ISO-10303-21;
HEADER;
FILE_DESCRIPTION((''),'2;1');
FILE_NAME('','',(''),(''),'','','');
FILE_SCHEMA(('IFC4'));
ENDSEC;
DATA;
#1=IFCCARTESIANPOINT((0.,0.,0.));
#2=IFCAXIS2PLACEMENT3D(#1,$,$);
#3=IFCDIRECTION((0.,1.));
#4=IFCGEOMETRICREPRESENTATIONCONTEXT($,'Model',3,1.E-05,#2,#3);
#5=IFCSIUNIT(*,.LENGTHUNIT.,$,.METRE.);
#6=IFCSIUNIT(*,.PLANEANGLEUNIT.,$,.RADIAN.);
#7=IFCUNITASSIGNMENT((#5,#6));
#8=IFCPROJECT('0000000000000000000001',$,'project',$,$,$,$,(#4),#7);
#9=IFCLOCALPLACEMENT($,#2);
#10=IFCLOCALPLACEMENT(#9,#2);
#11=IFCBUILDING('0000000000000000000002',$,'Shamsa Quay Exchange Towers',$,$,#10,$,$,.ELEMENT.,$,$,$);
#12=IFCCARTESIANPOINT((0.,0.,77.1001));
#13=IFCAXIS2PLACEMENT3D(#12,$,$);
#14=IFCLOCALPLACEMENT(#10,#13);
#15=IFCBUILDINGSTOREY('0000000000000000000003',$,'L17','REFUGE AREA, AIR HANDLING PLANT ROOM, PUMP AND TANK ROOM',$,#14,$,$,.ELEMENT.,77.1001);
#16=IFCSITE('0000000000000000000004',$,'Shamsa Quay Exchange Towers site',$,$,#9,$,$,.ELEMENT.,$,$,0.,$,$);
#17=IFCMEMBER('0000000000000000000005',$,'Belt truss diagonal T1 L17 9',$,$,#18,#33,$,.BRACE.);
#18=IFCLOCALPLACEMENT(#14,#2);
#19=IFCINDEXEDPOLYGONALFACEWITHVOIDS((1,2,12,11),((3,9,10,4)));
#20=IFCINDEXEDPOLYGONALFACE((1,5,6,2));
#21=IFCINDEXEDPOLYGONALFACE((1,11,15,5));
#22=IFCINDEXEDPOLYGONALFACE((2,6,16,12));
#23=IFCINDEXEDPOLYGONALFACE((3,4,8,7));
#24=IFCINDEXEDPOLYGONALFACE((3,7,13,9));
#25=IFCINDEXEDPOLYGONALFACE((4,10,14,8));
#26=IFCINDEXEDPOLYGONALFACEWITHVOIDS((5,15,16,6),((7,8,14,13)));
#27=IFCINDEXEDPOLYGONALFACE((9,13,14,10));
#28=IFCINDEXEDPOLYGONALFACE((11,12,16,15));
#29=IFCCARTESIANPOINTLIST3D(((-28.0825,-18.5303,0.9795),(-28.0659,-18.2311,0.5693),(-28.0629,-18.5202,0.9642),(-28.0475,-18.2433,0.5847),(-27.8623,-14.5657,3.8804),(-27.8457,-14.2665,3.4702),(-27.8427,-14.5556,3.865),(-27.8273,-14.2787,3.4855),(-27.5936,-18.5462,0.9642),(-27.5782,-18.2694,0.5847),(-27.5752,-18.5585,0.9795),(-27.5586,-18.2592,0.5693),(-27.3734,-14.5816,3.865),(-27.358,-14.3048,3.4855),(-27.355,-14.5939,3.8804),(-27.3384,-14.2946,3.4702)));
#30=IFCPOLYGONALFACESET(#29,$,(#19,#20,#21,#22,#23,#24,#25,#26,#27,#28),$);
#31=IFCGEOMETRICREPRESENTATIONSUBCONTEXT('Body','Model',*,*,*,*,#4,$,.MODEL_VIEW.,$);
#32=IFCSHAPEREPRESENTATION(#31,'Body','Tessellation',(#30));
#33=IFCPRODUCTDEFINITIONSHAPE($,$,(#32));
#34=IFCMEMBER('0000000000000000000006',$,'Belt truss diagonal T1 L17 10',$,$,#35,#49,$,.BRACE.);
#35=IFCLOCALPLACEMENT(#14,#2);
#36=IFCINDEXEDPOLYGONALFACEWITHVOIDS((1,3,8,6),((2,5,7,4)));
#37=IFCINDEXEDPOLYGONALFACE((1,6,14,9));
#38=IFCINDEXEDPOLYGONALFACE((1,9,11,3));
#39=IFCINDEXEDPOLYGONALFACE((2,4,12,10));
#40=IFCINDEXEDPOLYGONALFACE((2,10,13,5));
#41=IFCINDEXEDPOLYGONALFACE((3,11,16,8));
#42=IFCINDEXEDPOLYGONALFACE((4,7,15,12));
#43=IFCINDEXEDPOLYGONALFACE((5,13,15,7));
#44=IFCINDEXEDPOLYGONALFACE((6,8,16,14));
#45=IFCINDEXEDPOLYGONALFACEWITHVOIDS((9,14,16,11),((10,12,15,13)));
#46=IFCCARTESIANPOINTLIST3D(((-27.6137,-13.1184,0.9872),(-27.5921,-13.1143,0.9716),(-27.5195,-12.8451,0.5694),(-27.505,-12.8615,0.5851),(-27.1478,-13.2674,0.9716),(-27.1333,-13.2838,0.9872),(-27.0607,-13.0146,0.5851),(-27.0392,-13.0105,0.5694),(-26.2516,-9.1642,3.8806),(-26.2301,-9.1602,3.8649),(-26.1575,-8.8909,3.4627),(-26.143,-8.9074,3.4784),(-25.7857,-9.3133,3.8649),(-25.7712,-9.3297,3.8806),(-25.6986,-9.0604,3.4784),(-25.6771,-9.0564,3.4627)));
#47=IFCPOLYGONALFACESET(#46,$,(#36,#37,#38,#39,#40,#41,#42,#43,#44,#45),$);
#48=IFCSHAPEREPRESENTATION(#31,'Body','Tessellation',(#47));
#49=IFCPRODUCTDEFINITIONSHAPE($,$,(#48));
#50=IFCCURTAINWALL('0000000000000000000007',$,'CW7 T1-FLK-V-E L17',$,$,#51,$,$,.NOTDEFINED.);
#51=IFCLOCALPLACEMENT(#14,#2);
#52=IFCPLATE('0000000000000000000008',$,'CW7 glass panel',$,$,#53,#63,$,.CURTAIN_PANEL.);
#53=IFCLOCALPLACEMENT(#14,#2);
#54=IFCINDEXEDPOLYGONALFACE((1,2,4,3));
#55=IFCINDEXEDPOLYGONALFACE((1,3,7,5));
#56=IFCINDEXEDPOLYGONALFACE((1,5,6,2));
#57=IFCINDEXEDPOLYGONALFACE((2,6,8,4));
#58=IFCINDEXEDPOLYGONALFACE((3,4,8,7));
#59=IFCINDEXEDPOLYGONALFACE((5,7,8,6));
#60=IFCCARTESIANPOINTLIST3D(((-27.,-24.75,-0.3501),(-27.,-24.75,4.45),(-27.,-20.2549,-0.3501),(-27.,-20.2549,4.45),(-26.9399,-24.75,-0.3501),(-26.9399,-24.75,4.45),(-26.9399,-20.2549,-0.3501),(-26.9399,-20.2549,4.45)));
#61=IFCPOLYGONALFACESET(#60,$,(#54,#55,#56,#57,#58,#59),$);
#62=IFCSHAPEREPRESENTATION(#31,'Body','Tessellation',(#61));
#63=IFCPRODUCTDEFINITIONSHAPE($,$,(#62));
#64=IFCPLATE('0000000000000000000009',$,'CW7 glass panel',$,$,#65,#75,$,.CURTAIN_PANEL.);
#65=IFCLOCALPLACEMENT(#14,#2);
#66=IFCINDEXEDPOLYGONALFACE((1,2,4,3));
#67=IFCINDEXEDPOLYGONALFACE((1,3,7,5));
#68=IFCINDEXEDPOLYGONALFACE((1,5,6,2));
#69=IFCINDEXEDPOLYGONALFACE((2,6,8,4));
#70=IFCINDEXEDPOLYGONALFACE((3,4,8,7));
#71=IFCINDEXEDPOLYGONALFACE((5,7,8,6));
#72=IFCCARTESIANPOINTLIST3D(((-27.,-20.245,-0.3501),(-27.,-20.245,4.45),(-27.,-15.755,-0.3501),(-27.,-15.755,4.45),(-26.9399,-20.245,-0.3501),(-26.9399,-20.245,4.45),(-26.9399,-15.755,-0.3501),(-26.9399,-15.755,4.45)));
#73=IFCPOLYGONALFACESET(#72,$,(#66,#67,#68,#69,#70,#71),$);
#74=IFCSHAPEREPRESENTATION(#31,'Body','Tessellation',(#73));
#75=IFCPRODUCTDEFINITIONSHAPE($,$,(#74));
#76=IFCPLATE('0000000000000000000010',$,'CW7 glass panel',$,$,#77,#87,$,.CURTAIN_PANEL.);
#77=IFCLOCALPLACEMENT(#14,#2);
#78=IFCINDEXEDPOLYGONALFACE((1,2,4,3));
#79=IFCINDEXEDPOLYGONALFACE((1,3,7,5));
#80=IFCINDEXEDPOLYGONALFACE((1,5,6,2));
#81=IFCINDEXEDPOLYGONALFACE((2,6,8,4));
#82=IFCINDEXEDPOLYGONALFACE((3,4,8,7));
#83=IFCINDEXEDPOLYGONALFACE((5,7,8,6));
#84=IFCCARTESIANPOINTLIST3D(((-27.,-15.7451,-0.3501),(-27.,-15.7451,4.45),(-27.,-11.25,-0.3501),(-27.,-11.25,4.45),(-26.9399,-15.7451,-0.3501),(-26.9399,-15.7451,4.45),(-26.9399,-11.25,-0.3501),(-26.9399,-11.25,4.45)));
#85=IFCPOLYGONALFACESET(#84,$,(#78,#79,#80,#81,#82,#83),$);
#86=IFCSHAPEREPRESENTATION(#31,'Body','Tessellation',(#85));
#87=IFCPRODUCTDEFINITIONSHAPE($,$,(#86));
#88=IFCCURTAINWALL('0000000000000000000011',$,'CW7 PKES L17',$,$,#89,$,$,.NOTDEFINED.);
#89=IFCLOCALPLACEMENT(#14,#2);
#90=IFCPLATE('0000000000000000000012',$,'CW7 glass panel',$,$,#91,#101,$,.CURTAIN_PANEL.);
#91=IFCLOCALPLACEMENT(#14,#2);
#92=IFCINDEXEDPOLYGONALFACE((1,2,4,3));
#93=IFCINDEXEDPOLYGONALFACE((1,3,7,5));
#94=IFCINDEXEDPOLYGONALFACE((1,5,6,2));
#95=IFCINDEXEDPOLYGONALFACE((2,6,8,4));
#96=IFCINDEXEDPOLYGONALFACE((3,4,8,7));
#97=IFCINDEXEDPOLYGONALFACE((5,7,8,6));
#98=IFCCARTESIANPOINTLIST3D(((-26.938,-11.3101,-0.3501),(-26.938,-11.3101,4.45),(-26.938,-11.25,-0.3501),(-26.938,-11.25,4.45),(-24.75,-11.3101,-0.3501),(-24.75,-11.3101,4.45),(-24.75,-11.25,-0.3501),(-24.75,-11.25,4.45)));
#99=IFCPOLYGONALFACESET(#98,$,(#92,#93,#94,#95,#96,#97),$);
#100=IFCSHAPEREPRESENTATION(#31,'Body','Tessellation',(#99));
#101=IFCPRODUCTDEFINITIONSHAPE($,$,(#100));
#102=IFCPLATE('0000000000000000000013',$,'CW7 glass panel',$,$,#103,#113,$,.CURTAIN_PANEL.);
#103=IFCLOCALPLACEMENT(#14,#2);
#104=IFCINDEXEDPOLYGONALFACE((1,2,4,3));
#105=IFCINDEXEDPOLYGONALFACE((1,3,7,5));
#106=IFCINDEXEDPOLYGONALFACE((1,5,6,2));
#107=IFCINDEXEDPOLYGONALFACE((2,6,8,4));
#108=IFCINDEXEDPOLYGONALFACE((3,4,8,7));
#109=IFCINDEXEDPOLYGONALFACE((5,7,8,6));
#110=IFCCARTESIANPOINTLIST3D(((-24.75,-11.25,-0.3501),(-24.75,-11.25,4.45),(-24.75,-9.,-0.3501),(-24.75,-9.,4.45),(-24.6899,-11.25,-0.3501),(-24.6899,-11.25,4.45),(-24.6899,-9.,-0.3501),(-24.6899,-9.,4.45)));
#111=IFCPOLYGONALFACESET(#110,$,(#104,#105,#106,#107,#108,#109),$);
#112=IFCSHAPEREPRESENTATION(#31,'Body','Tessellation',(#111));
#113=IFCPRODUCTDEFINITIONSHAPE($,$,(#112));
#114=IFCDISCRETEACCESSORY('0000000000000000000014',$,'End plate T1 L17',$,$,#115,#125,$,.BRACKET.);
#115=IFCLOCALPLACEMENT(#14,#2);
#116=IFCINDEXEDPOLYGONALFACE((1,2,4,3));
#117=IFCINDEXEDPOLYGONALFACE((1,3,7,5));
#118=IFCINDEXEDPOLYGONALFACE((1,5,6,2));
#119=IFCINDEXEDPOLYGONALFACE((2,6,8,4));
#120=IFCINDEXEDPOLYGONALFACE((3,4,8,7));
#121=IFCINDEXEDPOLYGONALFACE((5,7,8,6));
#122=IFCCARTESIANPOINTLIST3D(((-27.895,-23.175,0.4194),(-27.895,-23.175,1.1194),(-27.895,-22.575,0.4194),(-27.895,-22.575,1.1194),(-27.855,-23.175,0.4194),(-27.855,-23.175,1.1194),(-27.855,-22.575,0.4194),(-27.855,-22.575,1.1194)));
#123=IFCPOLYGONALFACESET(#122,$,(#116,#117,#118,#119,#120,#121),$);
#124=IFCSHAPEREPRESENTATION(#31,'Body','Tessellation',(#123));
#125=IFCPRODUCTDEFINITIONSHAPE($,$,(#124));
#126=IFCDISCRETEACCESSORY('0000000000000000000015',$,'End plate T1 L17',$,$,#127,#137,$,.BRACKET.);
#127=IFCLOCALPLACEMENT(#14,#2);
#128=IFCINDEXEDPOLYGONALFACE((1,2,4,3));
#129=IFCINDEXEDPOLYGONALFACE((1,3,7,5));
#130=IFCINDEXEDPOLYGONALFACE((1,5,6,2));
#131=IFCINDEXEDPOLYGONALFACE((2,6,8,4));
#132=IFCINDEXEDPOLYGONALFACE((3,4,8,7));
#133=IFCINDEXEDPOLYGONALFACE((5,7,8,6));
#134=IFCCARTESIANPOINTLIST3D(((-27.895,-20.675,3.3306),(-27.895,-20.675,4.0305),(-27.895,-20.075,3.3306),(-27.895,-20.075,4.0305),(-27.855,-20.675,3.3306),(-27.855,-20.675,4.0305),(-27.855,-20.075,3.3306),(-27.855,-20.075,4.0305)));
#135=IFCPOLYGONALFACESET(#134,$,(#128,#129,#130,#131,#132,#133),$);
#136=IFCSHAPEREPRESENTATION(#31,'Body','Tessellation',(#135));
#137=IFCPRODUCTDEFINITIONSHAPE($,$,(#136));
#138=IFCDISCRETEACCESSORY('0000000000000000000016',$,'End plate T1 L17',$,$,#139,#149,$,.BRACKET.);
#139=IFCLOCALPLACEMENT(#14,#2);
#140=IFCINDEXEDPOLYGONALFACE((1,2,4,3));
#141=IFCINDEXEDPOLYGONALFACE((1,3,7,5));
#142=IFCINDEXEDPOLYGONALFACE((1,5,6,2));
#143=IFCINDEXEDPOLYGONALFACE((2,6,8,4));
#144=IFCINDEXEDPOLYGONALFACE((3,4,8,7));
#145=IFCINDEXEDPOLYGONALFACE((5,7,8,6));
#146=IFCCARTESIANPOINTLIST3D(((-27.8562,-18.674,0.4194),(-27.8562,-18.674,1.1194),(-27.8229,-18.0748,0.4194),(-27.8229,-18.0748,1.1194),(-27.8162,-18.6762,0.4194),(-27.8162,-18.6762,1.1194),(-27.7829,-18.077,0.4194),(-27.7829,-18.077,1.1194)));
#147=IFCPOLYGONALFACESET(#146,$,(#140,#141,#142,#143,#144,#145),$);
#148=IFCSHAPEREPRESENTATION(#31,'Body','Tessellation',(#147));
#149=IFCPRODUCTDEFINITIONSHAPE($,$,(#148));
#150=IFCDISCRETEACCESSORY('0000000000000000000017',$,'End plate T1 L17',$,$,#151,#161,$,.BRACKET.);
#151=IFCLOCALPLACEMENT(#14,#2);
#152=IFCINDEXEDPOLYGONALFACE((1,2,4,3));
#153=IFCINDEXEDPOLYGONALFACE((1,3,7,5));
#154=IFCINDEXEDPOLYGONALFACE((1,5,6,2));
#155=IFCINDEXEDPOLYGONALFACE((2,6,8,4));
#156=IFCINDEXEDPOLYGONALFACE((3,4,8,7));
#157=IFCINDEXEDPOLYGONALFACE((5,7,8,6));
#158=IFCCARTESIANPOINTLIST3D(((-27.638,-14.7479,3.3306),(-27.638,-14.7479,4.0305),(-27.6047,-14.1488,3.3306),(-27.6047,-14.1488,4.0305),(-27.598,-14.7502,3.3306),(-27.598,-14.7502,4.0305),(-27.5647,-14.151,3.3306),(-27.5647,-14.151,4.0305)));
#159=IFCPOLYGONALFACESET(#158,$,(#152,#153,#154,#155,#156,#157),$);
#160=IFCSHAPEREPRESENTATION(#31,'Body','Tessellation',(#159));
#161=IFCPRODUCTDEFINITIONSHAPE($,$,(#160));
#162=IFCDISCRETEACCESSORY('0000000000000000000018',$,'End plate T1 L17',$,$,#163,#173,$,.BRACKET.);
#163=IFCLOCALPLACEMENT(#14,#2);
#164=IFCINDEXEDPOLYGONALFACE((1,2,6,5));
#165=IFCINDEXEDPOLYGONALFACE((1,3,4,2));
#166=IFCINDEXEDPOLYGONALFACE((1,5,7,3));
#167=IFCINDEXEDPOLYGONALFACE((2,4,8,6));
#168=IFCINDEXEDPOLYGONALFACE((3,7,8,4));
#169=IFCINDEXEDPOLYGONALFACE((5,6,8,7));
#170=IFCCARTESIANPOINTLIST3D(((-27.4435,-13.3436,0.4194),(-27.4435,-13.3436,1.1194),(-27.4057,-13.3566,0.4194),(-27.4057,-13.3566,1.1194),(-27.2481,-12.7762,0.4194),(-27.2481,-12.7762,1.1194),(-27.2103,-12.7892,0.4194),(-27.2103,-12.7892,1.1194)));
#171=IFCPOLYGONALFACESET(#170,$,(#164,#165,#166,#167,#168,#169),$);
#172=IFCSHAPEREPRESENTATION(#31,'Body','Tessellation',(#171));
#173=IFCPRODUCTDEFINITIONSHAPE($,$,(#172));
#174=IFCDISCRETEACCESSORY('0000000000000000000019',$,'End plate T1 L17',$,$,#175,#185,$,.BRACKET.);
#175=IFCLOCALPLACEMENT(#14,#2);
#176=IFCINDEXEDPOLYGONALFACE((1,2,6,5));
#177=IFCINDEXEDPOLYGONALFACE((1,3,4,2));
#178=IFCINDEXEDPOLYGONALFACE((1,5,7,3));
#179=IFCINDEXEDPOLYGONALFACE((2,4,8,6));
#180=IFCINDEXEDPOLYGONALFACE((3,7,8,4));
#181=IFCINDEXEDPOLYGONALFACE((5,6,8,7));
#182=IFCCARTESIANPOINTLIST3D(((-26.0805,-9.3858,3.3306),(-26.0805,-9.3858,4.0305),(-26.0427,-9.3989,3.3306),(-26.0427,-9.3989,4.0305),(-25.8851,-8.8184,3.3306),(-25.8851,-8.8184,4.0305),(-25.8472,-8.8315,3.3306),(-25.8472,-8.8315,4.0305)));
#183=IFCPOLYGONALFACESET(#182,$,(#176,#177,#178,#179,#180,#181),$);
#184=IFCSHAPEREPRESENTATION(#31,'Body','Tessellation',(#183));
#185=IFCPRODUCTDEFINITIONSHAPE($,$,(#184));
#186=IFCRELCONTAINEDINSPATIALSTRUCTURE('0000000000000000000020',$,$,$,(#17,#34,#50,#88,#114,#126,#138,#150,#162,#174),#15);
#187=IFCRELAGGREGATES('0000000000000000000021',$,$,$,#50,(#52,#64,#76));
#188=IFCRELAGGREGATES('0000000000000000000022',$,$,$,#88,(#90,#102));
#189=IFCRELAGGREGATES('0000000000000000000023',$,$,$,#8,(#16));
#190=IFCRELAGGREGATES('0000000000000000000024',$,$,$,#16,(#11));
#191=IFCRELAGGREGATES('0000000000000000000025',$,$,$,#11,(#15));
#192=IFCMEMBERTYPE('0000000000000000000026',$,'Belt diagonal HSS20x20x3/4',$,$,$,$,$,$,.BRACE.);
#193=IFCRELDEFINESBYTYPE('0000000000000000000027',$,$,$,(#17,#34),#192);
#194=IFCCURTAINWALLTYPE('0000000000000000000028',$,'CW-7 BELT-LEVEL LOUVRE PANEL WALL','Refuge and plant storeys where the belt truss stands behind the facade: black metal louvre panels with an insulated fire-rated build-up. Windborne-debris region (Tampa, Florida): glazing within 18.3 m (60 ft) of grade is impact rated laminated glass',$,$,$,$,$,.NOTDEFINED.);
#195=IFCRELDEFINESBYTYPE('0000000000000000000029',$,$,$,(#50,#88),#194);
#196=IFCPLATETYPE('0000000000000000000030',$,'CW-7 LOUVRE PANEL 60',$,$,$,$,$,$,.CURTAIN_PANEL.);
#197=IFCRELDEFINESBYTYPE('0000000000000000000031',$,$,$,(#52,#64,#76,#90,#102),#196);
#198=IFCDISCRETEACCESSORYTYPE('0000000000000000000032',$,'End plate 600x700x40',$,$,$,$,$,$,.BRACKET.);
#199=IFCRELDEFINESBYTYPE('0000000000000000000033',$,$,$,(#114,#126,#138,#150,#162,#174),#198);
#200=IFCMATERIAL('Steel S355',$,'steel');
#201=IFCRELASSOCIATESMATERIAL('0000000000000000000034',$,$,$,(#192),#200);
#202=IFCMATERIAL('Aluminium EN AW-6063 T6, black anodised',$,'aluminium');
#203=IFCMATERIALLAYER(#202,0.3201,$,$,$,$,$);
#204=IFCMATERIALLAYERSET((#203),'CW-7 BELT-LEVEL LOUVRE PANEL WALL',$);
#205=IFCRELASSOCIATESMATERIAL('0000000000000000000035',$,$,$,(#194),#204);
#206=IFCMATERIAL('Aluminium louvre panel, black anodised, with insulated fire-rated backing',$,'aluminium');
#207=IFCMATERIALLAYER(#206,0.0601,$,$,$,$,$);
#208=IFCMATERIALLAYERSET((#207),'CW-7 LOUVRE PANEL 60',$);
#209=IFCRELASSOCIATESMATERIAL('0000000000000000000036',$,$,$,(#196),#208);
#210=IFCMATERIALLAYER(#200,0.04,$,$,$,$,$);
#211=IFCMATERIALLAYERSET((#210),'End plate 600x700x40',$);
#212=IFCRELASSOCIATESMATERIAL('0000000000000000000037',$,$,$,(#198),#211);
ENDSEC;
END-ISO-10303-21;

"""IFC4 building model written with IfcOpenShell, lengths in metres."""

from ifc_helpers import new_model, si_unit, direction, frame, origin, origin_2d, place, context, subcontext, project, spatial, rectangle, hollow_rectangle, extrude, material, layer, layer_set, material_profile, profile_set, type_object, element, aggregate, save


model = new_model("IFC4")

# Units and contexts
model_context = context("Model", 3, precision=1e-05, world=origin(), true_north=direction((0.0, 1.0)))
body_context = subcontext(model_context, "Body", "Model", "MODEL_VIEW")
ifc_project = project(units=[si_unit("LENGTHUNIT", "METRE"), si_unit("PLANEANGLEUNIT", "RADIAN")], contexts=[model_context])

# Site, building, storey
site_placement = place(None, origin())
site = spatial("IfcSite", under=ifc_project, at=site_placement, Name="Shamsa Quay Exchange Towers site", CompositionType="ELEMENT", RefElevation=0.0)
building_placement = place(site_placement, origin())
building = spatial("IfcBuilding", under=site, at=building_placement, Name="Shamsa Quay Exchange Towers", CompositionType="ELEMENT")
storey_placement = place(building_placement, frame((0.0, 0.0, 77.1001)))
storey = spatial("IfcBuildingStorey", under=building, at=storey_placement, Name="L17", Description="REFUGE AREA, AIR HANDLING PLANT ROOM, PUMP AND TANK ROOM", CompositionType="ELEMENT", Elevation=77.1001)

# Members
ifc_material_1 = material(Name="Steel S355", Category="steel")
ifc_material_profile_1 = material_profile(ifc_material_1, hollow_rectangle(XDim=0.5081, YDim=0.5081, WallThickness=0.019, at=origin_2d()), Name="HSS20x20x3/4")
ifc_profile_set_1 = profile_set([ifc_material_profile_1], Name="Steel S355")
member_type_1 = type_object("IfcMemberType", Name="Belt diagonal HSS20x20x3/4", PredefinedType="BRACE", material=ifc_profile_set_1)
member_1_placement = place(storey_placement, frame((-27.8206, -18.3948, 0.7744), z_axis=(0.044782, 0.806225, 0.589911), x_axis=(-0.998461, 0.05546, 0.0)))
element("IfcMember", 1, at=member_1_placement, inside=storey, type_object=member_type_1, Name="Belt truss diagonal T1 L17 9", PredefinedType="BRACE", context=body_context, shape_type="SweptSolid", body=[
    extrude(hollow_rectangle(XDim=0.5081, YDim=0.5081, WallThickness=0.019, at=origin_2d()), origin(), (0.0, 0.0, 1.0), 4.9175),
])
member_2_placement = place(storey_placement, frame((-27.3264, -13.0645, 0.7783), z_axis=(0.267837, 0.777539, 0.568944), x_axis=(-0.945478, 0.325687, 0.0)))
element("IfcMember", 2, at=member_2_placement, inside=storey, type_object=member_type_1, Name="Belt truss diagonal T1 L17 10", PredefinedType="BRACE", context=body_context, shape_type="SweptSolid", body=[
    extrude(hollow_rectangle(XDim=0.5081, YDim=0.5081, WallThickness=0.019, at=origin_2d()), origin(), (0.0, 0.0, 1.0), 5.0854),
])

# Curtain walls, plates
ifc_material_2 = material(Name="Aluminium EN AW-6063 T6, black anodised", Category="aluminium")
ifc_layer_1 = layer(ifc_material_2, 0.3201)
ifc_layer_set_1 = layer_set([ifc_layer_1], Name="CW-7 BELT-LEVEL LOUVRE PANEL WALL")
curtain_wall_type = type_object("IfcCurtainWallType", Name="CW-7 BELT-LEVEL LOUVRE PANEL WALL", Description="Refuge and plant storeys where the belt truss stands behind the facade: black metal louvre panels with an insulated fire-rated build-up. Windborne-debris region (Tampa, Florida): glazing within 18.3 m (60 ft) of grade is impact rated laminated glass", PredefinedType="NOTDEFINED", material=ifc_layer_set_1)
curtain_wall_1_placement = place(storey_placement, origin())
curtain_wall_1 = element("IfcCurtainWall", 3, at=curtain_wall_1_placement, inside=storey, type_object=curtain_wall_type, Name="CW7 T1-FLK-V-E L17", PredefinedType="NOTDEFINED")
ifc_material_3 = material(Name="Aluminium louvre panel, black anodised, with insulated fire-rated backing", Category="aluminium")
ifc_layer_2 = layer(ifc_material_3, 0.0601)
ifc_layer_set_2 = layer_set([ifc_layer_2], Name="CW-7 LOUVRE PANEL 60")
plate_type = type_object("IfcPlateType", Name="CW-7 LOUVRE PANEL 60", PredefinedType="CURTAIN_PANEL", material=ifc_layer_set_2)
plate_1_placement = place(storey_placement, frame((-26.97, -22.5024, -0.3501), z_axis=(0.0, 0.0, 1.0), x_axis=(0.0, 1.0, 0.0)))
plate_1 = element("IfcPlate", 4, at=plate_1_placement, type_object=plate_type, Name="CW7 glass panel", PredefinedType="CURTAIN_PANEL", context=body_context, shape_type="SweptSolid", body=[
    extrude(rectangle(XDim=4.4951, YDim=0.0601, at=origin_2d()), origin(), (0.0, 0.0, 1.0), 4.8),
])
plate_2_placement = place(storey_placement, frame((-26.97, -18.0, -0.3501), z_axis=(0.0, 0.0, 1.0), x_axis=(0.0, 1.0, 0.0)))
plate_2 = element("IfcPlate", 5, at=plate_2_placement, type_object=plate_type, Name="CW7 glass panel", PredefinedType="CURTAIN_PANEL", context=body_context, shape_type="SweptSolid", body=[
    extrude(rectangle(XDim=4.49, YDim=0.0601, at=origin_2d()), origin(), (0.0, 0.0, 1.0), 4.8),
])
plate_3_placement = place(storey_placement, frame((-26.97, -13.4976, -0.3501), z_axis=(0.0, 0.0, 1.0), x_axis=(0.0, 1.0, 0.0)))
plate_3 = element("IfcPlate", 6, at=plate_3_placement, type_object=plate_type, Name="CW7 glass panel", PredefinedType="CURTAIN_PANEL", context=body_context, shape_type="SweptSolid", body=[
    extrude(rectangle(XDim=4.4951, YDim=0.0601, at=origin_2d()), origin(), (0.0, 0.0, 1.0), 4.8),
])
aggregate(curtain_wall_1, [plate_1, plate_2, plate_3])
curtain_wall_2_placement = place(storey_placement, origin())
curtain_wall_2 = element("IfcCurtainWall", 7, at=curtain_wall_2_placement, inside=storey, type_object=curtain_wall_type, Name="CW7 PKES L17", PredefinedType="NOTDEFINED")
plate_4_placement = place(storey_placement, frame((-25.844, -11.28, -0.3501)))
plate_4 = element("IfcPlate", 8, at=plate_4_placement, type_object=plate_type, Name="CW7 glass panel", PredefinedType="CURTAIN_PANEL", context=body_context, shape_type="SweptSolid", body=[
    extrude(rectangle(XDim=2.188, YDim=0.0601, at=origin_2d()), origin(), (0.0, 0.0, 1.0), 4.8),
])
plate_5_placement = place(storey_placement, frame((-24.72, -10.125, -0.3501), z_axis=(0.0, 0.0, 1.0), x_axis=(0.0, 1.0, 0.0)))
plate_5 = element("IfcPlate", 9, at=plate_5_placement, type_object=plate_type, Name="CW7 glass panel", PredefinedType="CURTAIN_PANEL", context=body_context, shape_type="SweptSolid", body=[
    extrude(rectangle(XDim=2.25, YDim=0.0601, at=origin_2d()), origin(), (0.0, 0.0, 1.0), 4.8),
])
aggregate(curtain_wall_2, [plate_4, plate_5])

# Discrete accessories
ifc_layer_3 = layer(ifc_material_1, 0.04)
ifc_layer_set_3 = layer_set([ifc_layer_3], Name="End plate 600x700x40")
discrete_accessory_type = type_object("IfcDiscreteAccessoryType", Name="End plate 600x700x40", PredefinedType="BRACKET", material=ifc_layer_set_3)
for number, where, z_axis, x_axis, name in (
    (10, (-27.875, -22.875, 0.4194), (0.0, 0.0, 1.0), (0.0, 1.0, 0.0), "End plate T1 L17"),
    (11, (-27.875, -20.375, 3.3306), (0.0, 0.0, 1.0), (0.0, 1.0, 0.0), "End plate T1 L17"),
    (12, (-27.8196, -18.3755, 0.4194), (0.0, 0.0, 1.0), (0.05547, 0.99846, 0.0), "End plate T1 L17"),
    (13, (-27.6013, -14.4495, 3.3306), (0.0, 0.0, 1.0), (0.05547, 0.99846, 0.0), "End plate T1 L17"),
    (14, (-27.3269, -13.0664, 0.4194), (0.0, 0.0, 1.0), (0.325667, 0.945485, 0.0), "End plate T1 L17"),
    (15, (-25.9639, -9.1086, 3.3306), (0.0, 0.0, 1.0), (0.325667, 0.945485, 0.0), "End plate T1 L17"),
):
    element("IfcDiscreteAccessory", number, at=place(storey_placement, frame(where, z_axis=z_axis, x_axis=x_axis)), inside=storey, type_object=discrete_accessory_type, Name=name, PredefinedType="BRACKET", context=body_context, shape_type="SweptSolid", body=[
        extrude(rectangle(XDim=0.6001, YDim=0.04, at=origin_2d()), origin(), (0.0, 0.0, 1.0), 0.7),
    ])

save(model, "model.ifc")
